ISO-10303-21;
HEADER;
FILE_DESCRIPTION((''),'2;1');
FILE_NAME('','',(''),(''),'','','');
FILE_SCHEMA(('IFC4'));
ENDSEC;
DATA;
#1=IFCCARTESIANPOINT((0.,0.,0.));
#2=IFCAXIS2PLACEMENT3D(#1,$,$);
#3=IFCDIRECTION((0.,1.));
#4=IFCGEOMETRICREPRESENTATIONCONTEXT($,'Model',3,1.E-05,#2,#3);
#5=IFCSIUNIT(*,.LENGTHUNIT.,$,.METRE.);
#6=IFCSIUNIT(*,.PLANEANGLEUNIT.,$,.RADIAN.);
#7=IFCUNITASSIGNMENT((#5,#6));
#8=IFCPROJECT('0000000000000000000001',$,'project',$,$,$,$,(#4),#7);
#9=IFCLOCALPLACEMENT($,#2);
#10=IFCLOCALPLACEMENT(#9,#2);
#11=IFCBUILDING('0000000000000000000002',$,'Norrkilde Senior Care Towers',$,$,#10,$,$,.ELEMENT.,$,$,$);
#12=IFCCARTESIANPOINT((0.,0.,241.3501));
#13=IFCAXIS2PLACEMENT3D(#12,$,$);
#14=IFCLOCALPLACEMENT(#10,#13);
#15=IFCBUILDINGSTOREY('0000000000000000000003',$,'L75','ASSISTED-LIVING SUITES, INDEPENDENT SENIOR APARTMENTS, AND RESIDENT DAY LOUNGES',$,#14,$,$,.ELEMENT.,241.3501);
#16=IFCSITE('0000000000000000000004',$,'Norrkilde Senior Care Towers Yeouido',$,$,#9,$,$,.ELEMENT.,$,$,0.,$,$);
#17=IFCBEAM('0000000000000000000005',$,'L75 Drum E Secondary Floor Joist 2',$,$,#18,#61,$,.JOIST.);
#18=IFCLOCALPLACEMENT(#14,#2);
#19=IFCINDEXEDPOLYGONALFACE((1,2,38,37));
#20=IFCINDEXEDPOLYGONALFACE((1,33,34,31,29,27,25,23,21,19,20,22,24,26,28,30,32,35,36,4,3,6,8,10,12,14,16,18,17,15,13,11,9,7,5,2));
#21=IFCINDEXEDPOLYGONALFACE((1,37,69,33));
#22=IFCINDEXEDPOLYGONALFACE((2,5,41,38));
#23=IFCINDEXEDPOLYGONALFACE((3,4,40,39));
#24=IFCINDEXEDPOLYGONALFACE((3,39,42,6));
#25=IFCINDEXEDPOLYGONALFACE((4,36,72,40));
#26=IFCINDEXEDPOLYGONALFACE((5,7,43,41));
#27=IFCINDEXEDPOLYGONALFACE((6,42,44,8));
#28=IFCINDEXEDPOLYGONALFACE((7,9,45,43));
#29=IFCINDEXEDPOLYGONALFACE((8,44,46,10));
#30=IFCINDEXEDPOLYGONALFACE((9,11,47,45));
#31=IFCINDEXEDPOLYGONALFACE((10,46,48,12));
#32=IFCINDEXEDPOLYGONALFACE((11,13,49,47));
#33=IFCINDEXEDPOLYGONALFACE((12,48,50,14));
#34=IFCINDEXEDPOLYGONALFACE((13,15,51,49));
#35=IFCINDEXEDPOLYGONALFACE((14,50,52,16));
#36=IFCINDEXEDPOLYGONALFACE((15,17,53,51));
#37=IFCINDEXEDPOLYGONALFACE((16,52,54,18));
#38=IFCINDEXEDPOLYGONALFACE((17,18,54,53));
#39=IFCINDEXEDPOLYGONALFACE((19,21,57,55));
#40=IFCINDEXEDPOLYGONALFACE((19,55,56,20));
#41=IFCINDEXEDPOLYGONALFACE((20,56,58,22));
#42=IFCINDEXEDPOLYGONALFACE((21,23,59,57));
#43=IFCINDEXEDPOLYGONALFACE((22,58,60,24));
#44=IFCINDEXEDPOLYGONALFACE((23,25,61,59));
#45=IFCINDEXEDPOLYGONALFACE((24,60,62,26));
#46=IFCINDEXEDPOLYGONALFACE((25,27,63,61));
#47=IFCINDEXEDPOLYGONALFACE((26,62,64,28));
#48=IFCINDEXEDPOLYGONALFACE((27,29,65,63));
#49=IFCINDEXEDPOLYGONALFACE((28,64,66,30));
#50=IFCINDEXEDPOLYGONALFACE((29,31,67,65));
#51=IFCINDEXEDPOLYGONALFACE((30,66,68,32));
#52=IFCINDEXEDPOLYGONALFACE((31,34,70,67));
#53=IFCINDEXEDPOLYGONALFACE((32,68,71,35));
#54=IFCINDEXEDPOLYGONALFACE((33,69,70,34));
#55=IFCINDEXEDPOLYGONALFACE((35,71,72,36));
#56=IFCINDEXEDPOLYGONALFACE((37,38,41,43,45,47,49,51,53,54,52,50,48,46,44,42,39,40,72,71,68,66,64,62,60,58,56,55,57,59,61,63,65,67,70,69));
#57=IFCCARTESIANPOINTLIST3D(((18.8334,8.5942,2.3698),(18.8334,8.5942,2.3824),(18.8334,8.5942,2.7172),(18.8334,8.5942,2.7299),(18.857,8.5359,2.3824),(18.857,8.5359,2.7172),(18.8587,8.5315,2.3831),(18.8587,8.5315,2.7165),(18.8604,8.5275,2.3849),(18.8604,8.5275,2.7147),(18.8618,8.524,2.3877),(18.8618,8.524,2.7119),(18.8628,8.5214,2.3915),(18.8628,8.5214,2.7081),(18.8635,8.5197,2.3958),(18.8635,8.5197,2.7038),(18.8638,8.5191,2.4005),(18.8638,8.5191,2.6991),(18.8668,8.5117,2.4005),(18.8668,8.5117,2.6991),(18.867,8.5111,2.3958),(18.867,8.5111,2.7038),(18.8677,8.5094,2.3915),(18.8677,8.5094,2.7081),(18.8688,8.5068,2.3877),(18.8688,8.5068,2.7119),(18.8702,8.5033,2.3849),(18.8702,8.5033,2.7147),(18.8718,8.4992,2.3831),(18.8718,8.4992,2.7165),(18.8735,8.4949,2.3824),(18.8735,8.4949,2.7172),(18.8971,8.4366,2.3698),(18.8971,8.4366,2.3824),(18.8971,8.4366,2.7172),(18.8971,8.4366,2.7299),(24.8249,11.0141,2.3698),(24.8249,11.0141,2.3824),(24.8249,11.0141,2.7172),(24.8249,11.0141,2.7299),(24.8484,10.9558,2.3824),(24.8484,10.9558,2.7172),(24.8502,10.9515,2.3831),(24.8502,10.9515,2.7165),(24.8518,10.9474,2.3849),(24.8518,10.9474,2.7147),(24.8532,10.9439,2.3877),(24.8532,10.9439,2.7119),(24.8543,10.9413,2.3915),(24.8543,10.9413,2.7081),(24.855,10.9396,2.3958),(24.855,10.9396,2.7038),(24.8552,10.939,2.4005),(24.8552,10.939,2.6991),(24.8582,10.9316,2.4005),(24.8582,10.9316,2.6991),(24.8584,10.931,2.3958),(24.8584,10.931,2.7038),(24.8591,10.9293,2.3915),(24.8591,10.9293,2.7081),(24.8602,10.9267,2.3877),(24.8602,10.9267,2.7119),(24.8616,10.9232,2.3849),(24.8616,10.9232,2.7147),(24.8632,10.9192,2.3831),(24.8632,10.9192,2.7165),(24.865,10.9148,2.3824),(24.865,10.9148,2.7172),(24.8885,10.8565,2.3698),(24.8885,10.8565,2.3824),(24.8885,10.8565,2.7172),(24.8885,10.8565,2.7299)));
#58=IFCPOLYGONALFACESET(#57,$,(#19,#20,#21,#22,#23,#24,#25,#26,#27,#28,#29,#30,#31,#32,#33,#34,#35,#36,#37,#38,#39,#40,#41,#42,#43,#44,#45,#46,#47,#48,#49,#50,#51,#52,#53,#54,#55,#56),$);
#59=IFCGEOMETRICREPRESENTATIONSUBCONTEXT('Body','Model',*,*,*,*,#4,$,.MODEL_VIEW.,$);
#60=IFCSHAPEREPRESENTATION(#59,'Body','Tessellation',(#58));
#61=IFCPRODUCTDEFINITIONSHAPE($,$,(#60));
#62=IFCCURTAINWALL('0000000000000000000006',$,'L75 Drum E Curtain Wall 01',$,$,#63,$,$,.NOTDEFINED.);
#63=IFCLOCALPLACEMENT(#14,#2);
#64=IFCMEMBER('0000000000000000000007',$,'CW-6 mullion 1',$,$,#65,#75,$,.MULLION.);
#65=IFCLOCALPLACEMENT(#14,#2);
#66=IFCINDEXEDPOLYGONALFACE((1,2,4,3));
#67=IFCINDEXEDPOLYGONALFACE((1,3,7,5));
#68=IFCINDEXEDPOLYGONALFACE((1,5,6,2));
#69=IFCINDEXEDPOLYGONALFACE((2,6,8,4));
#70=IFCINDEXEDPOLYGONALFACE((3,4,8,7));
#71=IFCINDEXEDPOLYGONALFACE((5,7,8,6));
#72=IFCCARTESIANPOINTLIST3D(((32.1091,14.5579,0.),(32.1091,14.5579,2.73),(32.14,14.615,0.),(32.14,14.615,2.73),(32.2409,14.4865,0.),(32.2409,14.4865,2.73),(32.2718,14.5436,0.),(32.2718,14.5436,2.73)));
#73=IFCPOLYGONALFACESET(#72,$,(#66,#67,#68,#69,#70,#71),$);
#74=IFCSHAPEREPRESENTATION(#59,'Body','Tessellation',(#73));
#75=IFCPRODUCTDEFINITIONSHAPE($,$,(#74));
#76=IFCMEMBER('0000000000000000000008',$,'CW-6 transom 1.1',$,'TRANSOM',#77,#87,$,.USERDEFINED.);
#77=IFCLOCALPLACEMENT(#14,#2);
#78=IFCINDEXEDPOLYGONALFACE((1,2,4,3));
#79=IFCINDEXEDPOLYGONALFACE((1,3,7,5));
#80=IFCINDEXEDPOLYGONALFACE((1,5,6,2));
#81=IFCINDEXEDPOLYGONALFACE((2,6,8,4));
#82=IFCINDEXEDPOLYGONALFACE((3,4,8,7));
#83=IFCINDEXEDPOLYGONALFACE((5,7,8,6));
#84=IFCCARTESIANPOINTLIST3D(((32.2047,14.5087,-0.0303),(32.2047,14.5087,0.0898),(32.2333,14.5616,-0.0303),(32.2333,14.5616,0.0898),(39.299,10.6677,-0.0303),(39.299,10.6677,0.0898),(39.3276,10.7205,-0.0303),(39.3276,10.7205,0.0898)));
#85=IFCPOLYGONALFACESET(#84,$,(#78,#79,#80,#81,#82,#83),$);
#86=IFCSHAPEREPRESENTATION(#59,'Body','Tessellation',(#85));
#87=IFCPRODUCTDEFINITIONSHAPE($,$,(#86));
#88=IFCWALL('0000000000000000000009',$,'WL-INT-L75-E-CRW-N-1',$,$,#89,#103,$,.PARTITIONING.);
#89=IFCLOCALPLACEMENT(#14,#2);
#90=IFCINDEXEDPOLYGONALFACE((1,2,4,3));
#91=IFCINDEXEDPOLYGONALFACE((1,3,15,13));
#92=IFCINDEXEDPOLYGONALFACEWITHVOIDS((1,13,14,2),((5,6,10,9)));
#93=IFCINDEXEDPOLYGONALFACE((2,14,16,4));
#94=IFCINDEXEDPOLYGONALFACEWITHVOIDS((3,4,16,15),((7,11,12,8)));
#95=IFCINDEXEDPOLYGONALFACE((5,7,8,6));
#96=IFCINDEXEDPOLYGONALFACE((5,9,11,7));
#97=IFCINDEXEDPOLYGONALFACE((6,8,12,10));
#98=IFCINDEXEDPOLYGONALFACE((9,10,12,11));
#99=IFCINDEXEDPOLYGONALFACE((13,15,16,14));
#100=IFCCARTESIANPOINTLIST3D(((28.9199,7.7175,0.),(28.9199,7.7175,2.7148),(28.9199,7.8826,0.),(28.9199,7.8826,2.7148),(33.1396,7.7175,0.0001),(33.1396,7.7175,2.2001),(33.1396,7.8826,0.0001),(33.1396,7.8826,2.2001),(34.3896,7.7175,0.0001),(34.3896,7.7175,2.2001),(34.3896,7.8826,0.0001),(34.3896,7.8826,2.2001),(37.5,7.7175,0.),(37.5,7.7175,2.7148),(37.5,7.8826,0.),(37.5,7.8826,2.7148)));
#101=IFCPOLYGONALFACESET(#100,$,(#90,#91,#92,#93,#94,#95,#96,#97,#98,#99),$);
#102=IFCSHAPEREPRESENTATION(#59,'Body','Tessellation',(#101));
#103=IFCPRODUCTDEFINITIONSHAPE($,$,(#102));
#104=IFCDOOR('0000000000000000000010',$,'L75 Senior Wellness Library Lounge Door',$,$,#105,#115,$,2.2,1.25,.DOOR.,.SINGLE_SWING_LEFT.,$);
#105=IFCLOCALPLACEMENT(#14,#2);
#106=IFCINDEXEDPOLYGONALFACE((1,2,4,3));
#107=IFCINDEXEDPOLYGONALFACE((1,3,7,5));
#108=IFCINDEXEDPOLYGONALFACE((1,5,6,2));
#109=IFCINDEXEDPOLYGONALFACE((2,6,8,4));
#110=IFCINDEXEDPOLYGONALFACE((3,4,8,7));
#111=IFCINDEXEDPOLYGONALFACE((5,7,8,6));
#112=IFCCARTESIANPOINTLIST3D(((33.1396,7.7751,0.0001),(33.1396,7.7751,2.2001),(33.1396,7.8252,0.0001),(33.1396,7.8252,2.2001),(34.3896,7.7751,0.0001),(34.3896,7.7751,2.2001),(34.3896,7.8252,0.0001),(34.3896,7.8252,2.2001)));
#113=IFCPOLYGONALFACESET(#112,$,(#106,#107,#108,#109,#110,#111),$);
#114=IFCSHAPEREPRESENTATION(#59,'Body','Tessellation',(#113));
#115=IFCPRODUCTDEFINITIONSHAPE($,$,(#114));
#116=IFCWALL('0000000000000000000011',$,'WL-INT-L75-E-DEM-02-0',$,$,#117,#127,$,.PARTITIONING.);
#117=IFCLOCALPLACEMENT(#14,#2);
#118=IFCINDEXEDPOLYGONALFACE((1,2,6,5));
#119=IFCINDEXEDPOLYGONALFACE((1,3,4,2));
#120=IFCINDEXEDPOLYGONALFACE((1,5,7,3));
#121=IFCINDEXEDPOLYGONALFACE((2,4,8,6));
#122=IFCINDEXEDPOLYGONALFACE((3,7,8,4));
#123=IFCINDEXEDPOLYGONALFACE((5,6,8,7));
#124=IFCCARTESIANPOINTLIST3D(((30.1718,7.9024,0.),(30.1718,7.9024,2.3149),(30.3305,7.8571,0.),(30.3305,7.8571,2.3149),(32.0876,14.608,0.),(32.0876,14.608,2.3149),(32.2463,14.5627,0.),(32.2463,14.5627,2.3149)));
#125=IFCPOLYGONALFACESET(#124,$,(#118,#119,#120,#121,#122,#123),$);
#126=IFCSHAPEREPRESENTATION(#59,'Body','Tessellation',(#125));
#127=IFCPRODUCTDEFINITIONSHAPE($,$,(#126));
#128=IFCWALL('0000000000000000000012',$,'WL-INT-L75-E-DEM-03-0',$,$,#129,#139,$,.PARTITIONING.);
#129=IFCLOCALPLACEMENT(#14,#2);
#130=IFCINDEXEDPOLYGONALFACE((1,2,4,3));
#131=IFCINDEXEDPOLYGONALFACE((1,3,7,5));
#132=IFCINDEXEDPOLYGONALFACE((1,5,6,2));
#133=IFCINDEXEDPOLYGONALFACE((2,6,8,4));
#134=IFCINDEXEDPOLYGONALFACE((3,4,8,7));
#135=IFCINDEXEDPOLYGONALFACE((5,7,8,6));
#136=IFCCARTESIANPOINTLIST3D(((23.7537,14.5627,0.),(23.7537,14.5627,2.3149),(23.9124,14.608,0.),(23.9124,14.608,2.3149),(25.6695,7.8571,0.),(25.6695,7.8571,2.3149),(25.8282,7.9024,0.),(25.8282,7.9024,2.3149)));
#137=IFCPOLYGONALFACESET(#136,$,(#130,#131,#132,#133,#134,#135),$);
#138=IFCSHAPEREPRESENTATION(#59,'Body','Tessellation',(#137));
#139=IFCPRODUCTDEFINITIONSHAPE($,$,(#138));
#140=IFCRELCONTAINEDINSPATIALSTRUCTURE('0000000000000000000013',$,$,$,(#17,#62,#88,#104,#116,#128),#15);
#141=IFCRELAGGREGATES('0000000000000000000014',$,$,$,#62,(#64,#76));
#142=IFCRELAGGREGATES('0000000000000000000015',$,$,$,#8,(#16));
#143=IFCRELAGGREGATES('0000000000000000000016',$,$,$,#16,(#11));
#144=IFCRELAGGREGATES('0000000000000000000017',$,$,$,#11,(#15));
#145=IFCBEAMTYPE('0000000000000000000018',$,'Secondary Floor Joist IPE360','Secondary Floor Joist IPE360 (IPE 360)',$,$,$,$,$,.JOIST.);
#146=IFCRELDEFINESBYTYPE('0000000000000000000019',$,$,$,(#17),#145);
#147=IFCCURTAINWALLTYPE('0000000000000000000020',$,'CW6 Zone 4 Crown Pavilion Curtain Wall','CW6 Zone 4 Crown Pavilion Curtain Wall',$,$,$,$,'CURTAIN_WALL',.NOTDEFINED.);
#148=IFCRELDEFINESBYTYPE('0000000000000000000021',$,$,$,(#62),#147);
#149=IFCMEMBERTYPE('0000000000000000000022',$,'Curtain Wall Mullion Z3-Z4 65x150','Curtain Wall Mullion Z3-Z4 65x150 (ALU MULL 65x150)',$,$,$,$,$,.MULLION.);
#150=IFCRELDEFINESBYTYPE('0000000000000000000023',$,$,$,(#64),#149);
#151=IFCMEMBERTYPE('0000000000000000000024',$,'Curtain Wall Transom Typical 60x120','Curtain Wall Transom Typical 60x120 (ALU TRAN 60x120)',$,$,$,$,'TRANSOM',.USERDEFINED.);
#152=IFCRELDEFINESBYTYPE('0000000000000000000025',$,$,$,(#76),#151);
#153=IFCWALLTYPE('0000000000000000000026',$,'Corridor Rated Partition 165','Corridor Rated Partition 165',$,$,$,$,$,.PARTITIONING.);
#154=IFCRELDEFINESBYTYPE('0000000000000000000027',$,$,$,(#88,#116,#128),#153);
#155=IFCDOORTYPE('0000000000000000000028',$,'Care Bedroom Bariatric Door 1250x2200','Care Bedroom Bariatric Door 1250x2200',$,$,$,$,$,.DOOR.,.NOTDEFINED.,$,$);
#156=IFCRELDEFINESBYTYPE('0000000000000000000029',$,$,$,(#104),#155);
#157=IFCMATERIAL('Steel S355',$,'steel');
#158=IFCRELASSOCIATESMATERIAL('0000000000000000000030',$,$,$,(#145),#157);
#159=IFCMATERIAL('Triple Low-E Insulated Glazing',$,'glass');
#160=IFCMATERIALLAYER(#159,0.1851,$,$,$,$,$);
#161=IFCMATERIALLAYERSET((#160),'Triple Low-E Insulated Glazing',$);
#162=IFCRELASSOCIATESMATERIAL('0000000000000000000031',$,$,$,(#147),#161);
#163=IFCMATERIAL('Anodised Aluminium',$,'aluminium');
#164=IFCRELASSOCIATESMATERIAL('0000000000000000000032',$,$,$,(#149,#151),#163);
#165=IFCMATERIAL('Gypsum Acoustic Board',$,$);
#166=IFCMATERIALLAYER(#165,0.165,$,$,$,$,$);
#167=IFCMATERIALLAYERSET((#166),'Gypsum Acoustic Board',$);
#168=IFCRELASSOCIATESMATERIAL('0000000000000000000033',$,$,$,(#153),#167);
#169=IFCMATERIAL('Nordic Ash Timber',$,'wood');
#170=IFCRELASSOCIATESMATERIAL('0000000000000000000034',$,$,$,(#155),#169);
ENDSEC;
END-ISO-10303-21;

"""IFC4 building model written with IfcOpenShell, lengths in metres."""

from ifc_helpers import new_model, si_unit, direction, frame, frame_2d, origin, origin_2d, place, context, subcontext, project, spatial, rectangle, i_section, extrude, source, transform, mapped, material, layer, layer_set, material_profile, profile_set, type_object, type_shapes, element, fill, aggregate, save


model = new_model("IFC4")

# Units and contexts
model_context = context("Model", 3, precision=1e-05, world=origin(), true_north=direction((0.0, 1.0)))
body_context = subcontext(model_context, "Body", "Model", "MODEL_VIEW")
ifc_project = project(units=[si_unit("LENGTHUNIT", "METRE"), si_unit("PLANEANGLEUNIT", "RADIAN")], contexts=[model_context])

# Site, building, storey
site_placement = place(None, origin())
site = spatial("IfcSite", under=ifc_project, at=site_placement, Name="Norrkilde Senior Care Towers Yeouido", CompositionType="ELEMENT", RefElevation=0.0)
building_placement = place(site_placement, origin())
building = spatial("IfcBuilding", under=site, at=building_placement, Name="Norrkilde Senior Care Towers", CompositionType="ELEMENT")
storey_placement = place(building_placement, frame((0.0, 0.0, 241.3501)))
storey = spatial("IfcBuildingStorey", under=building, at=storey_placement, Name="L75", Description="ASSISTED-LIVING SUITES, INDEPENDENT SENIOR APARTMENTS, AND RESIDENT DAY LOUNGES", CompositionType="ELEMENT", Elevation=241.3501)

# Beam
ifc_material_1 = material(Name="Steel S355", Category="steel")
ifc_material_profile_1 = material_profile(ifc_material_1, i_section(OverallWidth=0.1699, OverallDepth=0.3601, WebThickness=0.0081, FlangeThickness=0.0127, FilletRadius=0.0181, at=origin_2d()), Name="IPE 360")
ifc_profile_set_1 = profile_set([ifc_material_profile_1], Name="Steel S355")
beam_type_1 = type_object("IfcBeamType", Name="Secondary Floor Joist IPE360", Description="Secondary Floor Joist IPE360 (IPE 360)", PredefinedType="JOIST", material=ifc_profile_set_1)
shared_shape_1 = source(origin(), body_context, "Body", "SweptSolid", [
    extrude(i_section(OverallWidth=0.1699, OverallDepth=0.3601, WebThickness=0.0081, FlangeThickness=0.0127, FilletRadius=0.0181, at=origin_2d()), origin(), (0.0, 0.0, 1.0), 6.4617),
])
type_shapes(beam_type_1, [shared_shape_1])
beam_1_placement = place(storey_placement, frame((24.8567, 10.9353, 2.5498), z_axis=(-0.927226, -0.374502, 0.0), x_axis=(0.374502, -0.927226, 0.0)))
element("IfcBeam", 1, at=beam_1_placement, inside=storey, type_object=beam_type_1, Name="L75 Drum E Secondary Floor Joist 2", PredefinedType="JOIST", context=body_context, shape_type="MappedRepresentation", body=[
    mapped(shared_shape_1, transform((0.0, 0.0, 0.0), x_axis=(1.0, 0.0, 0.0), y_axis=(0.0, 1.0, 0.0), z_axis=(0.0, 0.0, 1.0), scale=1.0)),
])

# Curtain wall, members
ifc_material_2 = material(Name="Triple Low-E Insulated Glazing", Category="glass")
ifc_layer_1 = layer(ifc_material_2, 0.1851)
ifc_layer_set_1 = layer_set([ifc_layer_1], Name="Triple Low-E Insulated Glazing")
curtain_wall_type = type_object("IfcCurtainWallType", Name="CW6 Zone 4 Crown Pavilion Curtain Wall", Description="CW6 Zone 4 Crown Pavilion Curtain Wall", ElementType="CURTAIN_WALL", PredefinedType="NOTDEFINED", material=ifc_layer_set_1)
curtain_wall_placement = place(storey_placement, origin())
curtain_wall = element("IfcCurtainWall", 2, at=curtain_wall_placement, inside=storey, type_object=curtain_wall_type, Name="L75 Drum E Curtain Wall 01", PredefinedType="NOTDEFINED")
ifc_material_3 = material(Name="Anodised Aluminium", Category="aluminium")
ifc_material_profile_2 = material_profile(ifc_material_3, rectangle(XDim=0.0649, YDim=0.1499, at=origin_2d()), Name="ALU MULL 65x150")
ifc_profile_set_2 = profile_set([ifc_material_profile_2], Name="Anodised Aluminium")
member_type_1 = type_object("IfcMemberType", Name="Curtain Wall Mullion Z3-Z4 65x150", Description="Curtain Wall Mullion Z3-Z4 65x150 (ALU MULL 65x150)", PredefinedType="MULLION", material=ifc_profile_set_2)
shared_shape_2 = source(origin(), body_context, "Body", "SweptSolid", [
    extrude(rectangle(XDim=0.0649, YDim=0.1499, at=origin_2d()), origin(), (0.0, 0.0, 1.0), 2.73),
])
type_shapes(member_type_1, [shared_shape_2])
member_1_placement = place(storey_placement, frame((32.1904, 14.5508, 0.0), z_axis=(0.0, 0.0, 1.0), x_axis=(0.476133, 0.879373, 0.0)))
member_1 = element("IfcMember", 3, at=member_1_placement, type_object=member_type_1, Name="CW-6 mullion 1", PredefinedType="MULLION", context=body_context, shape_type="MappedRepresentation", body=[
    mapped(shared_shape_2, transform((0.0, 0.0, 0.0), x_axis=(1.0, 0.0, 0.0), y_axis=(0.0, 1.0, 0.0), z_axis=(0.0, 0.0, 1.0), scale=1.0)),
])
ifc_material_profile_3 = material_profile(ifc_material_3, rectangle(XDim=0.0601, YDim=0.1201, at=origin_2d()), Name="ALU TRAN 60x120")
ifc_profile_set_3 = profile_set([ifc_material_profile_3], Name="Anodised Aluminium")
member_type_2 = type_object("IfcMemberType", Name="Curtain Wall Transom Typical 60x120", Description="Curtain Wall Transom Typical 60x120 (ALU TRAN 60x120)", ElementType="TRANSOM", PredefinedType="USERDEFINED", material=ifc_profile_set_3)
shared_shape_3 = source(origin(), body_context, "Body", "SweptSolid", [
    extrude(rectangle(XDim=0.0601, YDim=0.1201, at=origin_2d()), origin(), (0.0, 0.0, 1.0), 8.0674),
])
type_shapes(member_type_2, [shared_shape_3])
member_2_placement = place(storey_placement, frame((32.219, 14.5352, 0.0298), z_axis=(0.879378, -0.476125, 0.0), x_axis=(0.476125, 0.879378, 0.0)))
member_2 = element("IfcMember", 4, at=member_2_placement, type_object=member_type_2, Name="CW-6 transom 1.1", ObjectType="TRANSOM", PredefinedType="USERDEFINED", context=body_context, shape_type="MappedRepresentation", body=[
    mapped(shared_shape_3, transform((0.0, 0.0, 0.0), x_axis=(1.0, 0.0, 0.0), y_axis=(0.0, 1.0, 0.0), z_axis=(0.0, 0.0, 1.0), scale=1.0)),
])
aggregate(curtain_wall, [member_1, member_2])

# Wall, opening, door
ifc_material_4 = material(Name="Gypsum Acoustic Board")
ifc_layer_2 = layer(ifc_material_4, 0.165)
ifc_layer_set_2 = layer_set([ifc_layer_2], Name="Gypsum Acoustic Board")
wall_type = type_object("IfcWallType", Name="Corridor Rated Partition 165", Description="Corridor Rated Partition 165", PredefinedType="PARTITIONING", material=ifc_layer_set_2)
shared_shape_4 = source(origin(), body_context, "Body", "SweptSolid", [
    extrude(rectangle(XDim=8.5801, YDim=0.165, at=frame_2d((4.29, 0.0))), origin(), (0.0, 0.0, 1.0), 2.7148),
])
wall_1_placement = place(storey_placement, frame((28.9199, 7.8, 0.0), z_axis=(0.0, 0.0, 1.0), x_axis=(1.0, 0.0, 0.0)))
wall_1 = element("IfcWall", 5, at=wall_1_placement, inside=storey, type_object=wall_type, Name="WL-INT-L75-E-CRW-N-1", PredefinedType="PARTITIONING", context=body_context, shape_type="MappedRepresentation", body=[
    mapped(shared_shape_4, transform((0.0, 0.0, 0.0), x_axis=(1.0, 0.0, 0.0), y_axis=(0.0, 1.0, 0.0), z_axis=(0.0, 0.0, 1.0), scale=1.0)),
])
opening_1_placement = place(wall_1_placement, frame((4.2197, 0.0, 0.0)))
opening_1 = element("IfcOpeningElement", 6, at=opening_1_placement, cuts=wall_1, PredefinedType="OPENING", context=body_context, shape_type="SweptSolid", body=[
    extrude(rectangle(XDim=1.25, YDim=2.2, at=frame_2d((0.625, 1.1001))), frame((0.0, 0.0925, 0.0), z_axis=(0.0, -1.0, 0.0), x_axis=(1.0, 0.0, 0.0)), (0.0, 0.0, 1.0), 0.1851),
])
ifc_material_5 = material(Name="Nordic Ash Timber", Category="wood")
door_type_1 = type_object("IfcDoorType", Name="Care Bedroom Bariatric Door 1250x2200", Description="Care Bedroom Bariatric Door 1250x2200", OperationType="NOTDEFINED", PredefinedType="DOOR", material=ifc_material_5)
shared_shape_5 = source(origin(), body_context, "Body", "SweptSolid", [
    extrude(rectangle(XDim=1.25, YDim=2.2, at=frame_2d((0.625, 1.1001))), frame((0.0, 0.0249, 0.0), z_axis=(0.0, -1.0, 0.0), x_axis=(1.0, 0.0, 0.0)), (0.0, 0.0, 1.0), 0.05),
])
type_shapes(door_type_1, [shared_shape_5])
door_1_placement = place(opening_1_placement, frame((1.25, 0.0, 0.0), z_axis=(0.0, 0.0, 1.0), x_axis=(-1.0, 0.0, 0.0)))
door_1 = element("IfcDoor", 7, at=door_1_placement, inside=storey, type_object=door_type_1, Name="L75 Senior Wellness Library Lounge Door", OperationType="SINGLE_SWING_LEFT", OverallHeight=2.2, OverallWidth=1.25, PredefinedType="DOOR", context=body_context, shape_type="MappedRepresentation", body=[
    mapped(shared_shape_5, transform((0.0, 0.0, 0.0), x_axis=(1.0, 0.0, 0.0), y_axis=(0.0, 1.0, 0.0), z_axis=(0.0, 0.0, 1.0), scale=1.0)),
])
fill(opening_1, door_1)

# Walls
shared_shape_6 = source(origin(), body_context, "Body", "SweptSolid", [
    extrude(rectangle(XDim=6.9739, YDim=0.165, at=frame_2d((3.4868, 0.0))), origin(), (0.0, 0.0, 1.0), 2.3149),
])
for number, where, z_axis, x_axis, name in (
    (8, (30.2512, 7.8799, 0.0), (0.0, 0.0, 1.0), (0.274707, 0.961528, 0.0), "WL-INT-L75-E-DEM-02-0"),
    (9, (25.7488, 7.8799, 0.0), (0.0, 0.0, 1.0), (-0.274707, 0.961528, 0.0), "WL-INT-L75-E-DEM-03-0"),
):
    element("IfcWall", number, at=place(storey_placement, frame(where, z_axis=z_axis, x_axis=x_axis)), inside=storey, type_object=wall_type, Name=name, PredefinedType="PARTITIONING", context=body_context, shape_type="MappedRepresentation", body=[
        mapped(shared_shape_6, transform((0.0, 0.0, 0.0), x_axis=(1.0, 0.0, 0.0), y_axis=(0.0, 1.0, 0.0), z_axis=(0.0, 0.0, 1.0), scale=1.0)),
    ])

save(model, "model.ifc")
